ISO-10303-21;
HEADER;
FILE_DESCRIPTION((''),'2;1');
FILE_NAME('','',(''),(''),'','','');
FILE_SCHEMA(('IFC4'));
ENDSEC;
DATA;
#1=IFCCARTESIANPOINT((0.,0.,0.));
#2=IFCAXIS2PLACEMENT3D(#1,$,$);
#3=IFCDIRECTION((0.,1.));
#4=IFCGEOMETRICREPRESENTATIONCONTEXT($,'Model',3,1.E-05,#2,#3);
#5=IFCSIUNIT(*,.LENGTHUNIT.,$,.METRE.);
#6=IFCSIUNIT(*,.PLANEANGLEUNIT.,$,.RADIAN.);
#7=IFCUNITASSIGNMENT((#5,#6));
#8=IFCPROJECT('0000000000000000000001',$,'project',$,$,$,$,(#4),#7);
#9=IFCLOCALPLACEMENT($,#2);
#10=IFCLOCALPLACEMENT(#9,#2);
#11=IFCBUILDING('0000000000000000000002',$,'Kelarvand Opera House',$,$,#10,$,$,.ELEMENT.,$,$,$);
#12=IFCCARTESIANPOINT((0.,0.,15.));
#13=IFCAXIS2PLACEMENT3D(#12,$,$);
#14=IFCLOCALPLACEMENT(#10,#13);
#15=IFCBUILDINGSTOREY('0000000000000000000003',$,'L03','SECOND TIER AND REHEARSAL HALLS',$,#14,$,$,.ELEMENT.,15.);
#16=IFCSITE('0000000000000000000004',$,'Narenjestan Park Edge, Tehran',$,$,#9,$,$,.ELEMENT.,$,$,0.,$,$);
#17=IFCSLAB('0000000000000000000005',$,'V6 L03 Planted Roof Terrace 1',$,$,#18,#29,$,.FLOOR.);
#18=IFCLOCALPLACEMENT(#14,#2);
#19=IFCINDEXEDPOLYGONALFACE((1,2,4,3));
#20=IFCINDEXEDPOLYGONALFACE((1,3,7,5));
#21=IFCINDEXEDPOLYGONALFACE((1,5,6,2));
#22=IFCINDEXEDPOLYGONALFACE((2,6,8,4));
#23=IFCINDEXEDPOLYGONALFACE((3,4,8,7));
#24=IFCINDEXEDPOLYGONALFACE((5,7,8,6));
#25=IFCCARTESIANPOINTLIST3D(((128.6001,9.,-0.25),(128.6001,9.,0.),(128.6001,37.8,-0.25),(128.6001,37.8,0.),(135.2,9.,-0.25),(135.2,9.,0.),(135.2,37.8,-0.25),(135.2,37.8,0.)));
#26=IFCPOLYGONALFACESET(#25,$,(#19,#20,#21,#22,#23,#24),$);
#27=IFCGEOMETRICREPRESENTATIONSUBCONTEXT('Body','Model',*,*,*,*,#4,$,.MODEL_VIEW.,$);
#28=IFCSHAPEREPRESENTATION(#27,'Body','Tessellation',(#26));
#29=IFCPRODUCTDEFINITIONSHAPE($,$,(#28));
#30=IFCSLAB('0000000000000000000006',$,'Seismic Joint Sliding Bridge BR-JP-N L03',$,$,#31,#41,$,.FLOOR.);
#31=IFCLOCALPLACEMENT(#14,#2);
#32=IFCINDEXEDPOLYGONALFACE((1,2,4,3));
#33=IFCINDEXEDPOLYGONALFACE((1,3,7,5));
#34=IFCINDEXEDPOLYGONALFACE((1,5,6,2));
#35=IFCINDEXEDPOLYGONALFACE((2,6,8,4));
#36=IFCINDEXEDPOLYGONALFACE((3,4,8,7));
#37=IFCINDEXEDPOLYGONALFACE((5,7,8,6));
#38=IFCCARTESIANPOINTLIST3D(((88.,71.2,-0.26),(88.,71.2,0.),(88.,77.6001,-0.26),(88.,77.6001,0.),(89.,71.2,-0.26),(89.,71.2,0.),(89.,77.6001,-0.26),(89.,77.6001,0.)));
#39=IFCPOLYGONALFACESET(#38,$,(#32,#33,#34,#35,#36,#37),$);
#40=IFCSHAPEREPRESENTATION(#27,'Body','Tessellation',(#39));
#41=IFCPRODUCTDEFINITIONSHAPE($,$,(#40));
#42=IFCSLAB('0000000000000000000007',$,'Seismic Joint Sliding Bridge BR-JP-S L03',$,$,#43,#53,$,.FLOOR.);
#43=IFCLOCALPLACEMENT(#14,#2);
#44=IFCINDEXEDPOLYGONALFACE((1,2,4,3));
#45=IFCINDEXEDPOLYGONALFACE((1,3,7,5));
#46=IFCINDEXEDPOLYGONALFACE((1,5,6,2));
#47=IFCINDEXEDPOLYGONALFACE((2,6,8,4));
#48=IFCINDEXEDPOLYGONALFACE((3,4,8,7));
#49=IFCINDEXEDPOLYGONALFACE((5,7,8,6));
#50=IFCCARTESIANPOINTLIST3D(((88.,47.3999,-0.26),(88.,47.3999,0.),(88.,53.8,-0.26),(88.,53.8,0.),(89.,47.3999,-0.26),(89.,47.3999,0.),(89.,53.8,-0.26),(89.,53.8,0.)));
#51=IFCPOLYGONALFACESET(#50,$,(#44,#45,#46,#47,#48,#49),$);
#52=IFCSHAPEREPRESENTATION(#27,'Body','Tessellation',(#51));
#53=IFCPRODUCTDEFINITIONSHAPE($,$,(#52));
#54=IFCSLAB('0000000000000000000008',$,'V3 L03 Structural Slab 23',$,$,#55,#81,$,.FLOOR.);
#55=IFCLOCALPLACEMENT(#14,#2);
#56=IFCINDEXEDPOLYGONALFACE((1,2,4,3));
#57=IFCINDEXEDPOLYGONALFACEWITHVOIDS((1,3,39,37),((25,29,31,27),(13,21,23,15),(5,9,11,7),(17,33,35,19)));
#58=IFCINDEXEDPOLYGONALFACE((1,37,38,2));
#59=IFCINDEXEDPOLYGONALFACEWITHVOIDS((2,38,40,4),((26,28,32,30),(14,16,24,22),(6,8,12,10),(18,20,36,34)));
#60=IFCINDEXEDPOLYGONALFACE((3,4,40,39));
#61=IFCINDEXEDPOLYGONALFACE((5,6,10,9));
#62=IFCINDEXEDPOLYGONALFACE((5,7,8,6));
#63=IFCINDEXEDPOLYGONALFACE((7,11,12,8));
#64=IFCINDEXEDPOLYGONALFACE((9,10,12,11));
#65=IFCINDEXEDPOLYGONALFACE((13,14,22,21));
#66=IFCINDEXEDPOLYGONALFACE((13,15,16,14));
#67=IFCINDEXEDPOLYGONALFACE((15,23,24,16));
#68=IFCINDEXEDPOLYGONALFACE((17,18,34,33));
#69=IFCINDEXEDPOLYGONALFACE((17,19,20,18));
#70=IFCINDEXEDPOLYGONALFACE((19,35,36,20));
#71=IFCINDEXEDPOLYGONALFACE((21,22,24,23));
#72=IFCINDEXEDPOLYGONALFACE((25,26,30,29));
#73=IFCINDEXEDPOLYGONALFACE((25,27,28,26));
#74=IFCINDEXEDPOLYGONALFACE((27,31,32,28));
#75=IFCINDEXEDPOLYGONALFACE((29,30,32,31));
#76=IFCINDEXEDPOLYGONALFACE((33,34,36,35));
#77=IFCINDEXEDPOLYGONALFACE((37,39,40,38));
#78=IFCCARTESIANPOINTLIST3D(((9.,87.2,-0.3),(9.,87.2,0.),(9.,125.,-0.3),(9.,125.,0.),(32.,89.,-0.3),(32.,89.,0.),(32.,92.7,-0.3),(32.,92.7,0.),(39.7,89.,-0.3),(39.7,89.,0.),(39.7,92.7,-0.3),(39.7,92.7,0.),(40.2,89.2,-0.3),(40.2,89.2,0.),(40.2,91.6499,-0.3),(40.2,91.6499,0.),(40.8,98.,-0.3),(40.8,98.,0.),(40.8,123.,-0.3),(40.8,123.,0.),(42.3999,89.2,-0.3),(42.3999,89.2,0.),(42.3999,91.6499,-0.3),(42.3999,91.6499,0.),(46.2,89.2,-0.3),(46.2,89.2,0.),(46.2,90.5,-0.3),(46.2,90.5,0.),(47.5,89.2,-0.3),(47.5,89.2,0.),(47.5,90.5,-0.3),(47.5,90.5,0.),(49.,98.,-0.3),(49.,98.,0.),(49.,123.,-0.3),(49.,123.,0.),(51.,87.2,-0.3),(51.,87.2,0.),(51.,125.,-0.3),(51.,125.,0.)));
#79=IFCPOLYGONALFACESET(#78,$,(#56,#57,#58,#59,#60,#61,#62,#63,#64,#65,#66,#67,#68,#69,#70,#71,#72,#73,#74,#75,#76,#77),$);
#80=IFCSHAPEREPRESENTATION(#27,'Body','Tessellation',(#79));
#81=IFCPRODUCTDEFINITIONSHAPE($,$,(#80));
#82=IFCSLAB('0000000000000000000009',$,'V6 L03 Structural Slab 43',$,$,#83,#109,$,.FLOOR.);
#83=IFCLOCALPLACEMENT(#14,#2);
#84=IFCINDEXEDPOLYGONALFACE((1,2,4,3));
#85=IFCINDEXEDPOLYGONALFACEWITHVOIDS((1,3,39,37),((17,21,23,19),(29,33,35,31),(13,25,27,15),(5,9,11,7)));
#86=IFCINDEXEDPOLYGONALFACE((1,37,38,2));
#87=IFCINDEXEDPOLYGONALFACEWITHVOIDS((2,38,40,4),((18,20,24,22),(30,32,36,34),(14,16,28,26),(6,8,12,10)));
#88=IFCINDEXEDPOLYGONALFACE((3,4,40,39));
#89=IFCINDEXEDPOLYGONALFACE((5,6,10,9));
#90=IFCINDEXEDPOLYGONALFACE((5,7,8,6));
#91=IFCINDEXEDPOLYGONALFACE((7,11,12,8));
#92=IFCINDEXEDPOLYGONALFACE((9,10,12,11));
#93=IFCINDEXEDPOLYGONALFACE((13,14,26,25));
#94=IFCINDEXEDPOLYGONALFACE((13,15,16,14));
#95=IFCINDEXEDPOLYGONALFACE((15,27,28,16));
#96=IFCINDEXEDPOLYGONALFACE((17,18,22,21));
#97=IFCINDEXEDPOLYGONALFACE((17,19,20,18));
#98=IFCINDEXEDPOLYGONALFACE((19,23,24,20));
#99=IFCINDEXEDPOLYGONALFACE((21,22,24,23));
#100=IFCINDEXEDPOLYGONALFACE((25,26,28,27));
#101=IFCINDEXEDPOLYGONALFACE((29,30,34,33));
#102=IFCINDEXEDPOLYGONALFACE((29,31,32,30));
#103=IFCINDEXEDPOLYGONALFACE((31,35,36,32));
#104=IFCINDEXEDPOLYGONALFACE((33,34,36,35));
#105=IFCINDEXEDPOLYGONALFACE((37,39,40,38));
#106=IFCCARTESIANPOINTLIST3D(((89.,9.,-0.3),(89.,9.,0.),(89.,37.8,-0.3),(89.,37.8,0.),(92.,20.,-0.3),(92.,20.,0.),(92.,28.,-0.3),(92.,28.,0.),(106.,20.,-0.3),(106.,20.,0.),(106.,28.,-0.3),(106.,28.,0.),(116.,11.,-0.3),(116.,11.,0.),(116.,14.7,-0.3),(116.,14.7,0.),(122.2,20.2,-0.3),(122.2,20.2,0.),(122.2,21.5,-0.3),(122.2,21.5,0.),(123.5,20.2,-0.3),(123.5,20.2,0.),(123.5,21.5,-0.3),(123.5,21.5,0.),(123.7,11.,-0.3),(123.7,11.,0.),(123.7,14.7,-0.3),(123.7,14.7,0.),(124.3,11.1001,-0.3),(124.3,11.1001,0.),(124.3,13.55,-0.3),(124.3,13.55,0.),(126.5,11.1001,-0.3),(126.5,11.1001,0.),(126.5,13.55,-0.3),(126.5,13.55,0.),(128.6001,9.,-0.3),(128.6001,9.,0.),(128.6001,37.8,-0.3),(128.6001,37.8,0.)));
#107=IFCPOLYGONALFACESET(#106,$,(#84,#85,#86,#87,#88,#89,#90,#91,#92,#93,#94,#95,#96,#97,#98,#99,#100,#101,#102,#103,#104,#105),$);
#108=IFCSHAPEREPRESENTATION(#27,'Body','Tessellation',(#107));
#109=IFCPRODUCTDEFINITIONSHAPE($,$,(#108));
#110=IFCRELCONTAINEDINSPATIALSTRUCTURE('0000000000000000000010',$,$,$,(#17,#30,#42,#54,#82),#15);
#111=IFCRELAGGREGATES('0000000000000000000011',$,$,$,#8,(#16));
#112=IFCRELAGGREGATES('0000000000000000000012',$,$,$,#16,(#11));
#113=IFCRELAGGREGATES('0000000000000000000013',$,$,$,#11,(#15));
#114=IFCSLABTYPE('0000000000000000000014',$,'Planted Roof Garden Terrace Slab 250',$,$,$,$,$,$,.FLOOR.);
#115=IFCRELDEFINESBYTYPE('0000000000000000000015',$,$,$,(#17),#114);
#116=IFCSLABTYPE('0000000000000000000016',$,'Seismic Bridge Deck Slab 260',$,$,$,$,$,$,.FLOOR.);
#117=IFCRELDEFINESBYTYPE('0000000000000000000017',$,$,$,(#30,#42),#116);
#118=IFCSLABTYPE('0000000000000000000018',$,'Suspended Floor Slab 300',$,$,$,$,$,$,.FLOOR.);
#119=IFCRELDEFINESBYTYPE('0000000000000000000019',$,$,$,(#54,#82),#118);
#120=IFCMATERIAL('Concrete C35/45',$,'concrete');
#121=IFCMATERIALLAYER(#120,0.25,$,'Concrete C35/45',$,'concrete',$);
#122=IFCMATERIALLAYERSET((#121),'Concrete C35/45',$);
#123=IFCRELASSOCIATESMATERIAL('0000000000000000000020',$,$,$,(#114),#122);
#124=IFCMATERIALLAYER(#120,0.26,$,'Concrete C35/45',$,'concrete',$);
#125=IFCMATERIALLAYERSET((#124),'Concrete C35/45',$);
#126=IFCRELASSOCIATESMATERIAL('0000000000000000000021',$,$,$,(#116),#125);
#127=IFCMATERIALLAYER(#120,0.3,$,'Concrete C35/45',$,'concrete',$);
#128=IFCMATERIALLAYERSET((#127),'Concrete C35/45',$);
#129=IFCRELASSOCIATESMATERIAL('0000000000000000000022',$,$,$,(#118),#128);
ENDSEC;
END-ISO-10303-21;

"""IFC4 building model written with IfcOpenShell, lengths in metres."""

from ifc_helpers import new_model, si_unit, direction, frame, origin, place, context, subcontext, project, spatial, polyline, outline, extrude, material, layer, layer_set, type_object, element, save


model = new_model("IFC4")

# Units and contexts
model_context = context("Model", 3, precision=1e-05, world=origin(), true_north=direction((0.0, 1.0)))
body_context = subcontext(model_context, "Body", "Model", "MODEL_VIEW")
ifc_project = project(units=[si_unit("LENGTHUNIT", "METRE"), si_unit("PLANEANGLEUNIT", "RADIAN")], contexts=[model_context])

# Site, building, storey
site_placement = place(None, origin())
site = spatial("IfcSite", under=ifc_project, at=site_placement, Name="Narenjestan Park Edge, Tehran", CompositionType="ELEMENT", RefElevation=0.0)
building_placement = place(site_placement, origin())
building = spatial("IfcBuilding", under=site, at=building_placement, Name="Kelarvand Opera House", CompositionType="ELEMENT")
storey_placement = place(building_placement, frame((0.0, 0.0, 15.0)))
storey = spatial("IfcBuildingStorey", under=building, at=storey_placement, Name="L03", Description="SECOND TIER AND REHEARSAL HALLS", CompositionType="ELEMENT", Elevation=15.0)

# Shared definitions
ifc_material_1 = material(Name="Concrete C35/45", Category="concrete")

# Slabs
ifc_layer_1 = layer(ifc_material_1, 0.25, Name="Concrete C35/45", Category="concrete")
ifc_layer_set_1 = layer_set([ifc_layer_1], Name="Concrete C35/45")
slab_type_1 = type_object("IfcSlabType", Name="Planted Roof Garden Terrace Slab 250", PredefinedType="FLOOR", material=ifc_layer_set_1)
slab_1_placement = place(storey_placement, frame((0.0, 0.0, -0.25)))
element("IfcSlab", 1, at=slab_1_placement, inside=storey, type_object=slab_type_1, Name="V6 L03 Planted Roof Terrace 1", PredefinedType="FLOOR", context=body_context, shape_type="SweptSolid", body=[
    extrude(outline(polyline([(128.6001, 9.0), (135.2, 9.0), (135.2, 37.8), (128.6001, 37.8), (128.6001, 9.0)])), origin(), (0.0, 0.0, 1.0), 0.25),
])
ifc_layer_2 = layer(ifc_material_1, 0.26, Name="Concrete C35/45", Category="concrete")
ifc_layer_set_2 = layer_set([ifc_layer_2], Name="Concrete C35/45")
slab_type_2 = type_object("IfcSlabType", Name="Seismic Bridge Deck Slab 260", PredefinedType="FLOOR", material=ifc_layer_set_2)
slab_2_placement = place(storey_placement, frame((0.0, 0.0, -0.26)))
element("IfcSlab", 2, at=slab_2_placement, inside=storey, type_object=slab_type_2, Name="Seismic Joint Sliding Bridge BR-JP-N L03", PredefinedType="FLOOR", context=body_context, shape_type="SweptSolid", body=[
    extrude(outline(polyline([(88.0, 71.2), (89.0, 71.2), (89.0, 77.6001), (88.0, 77.6001), (88.0, 71.2)])), origin(), (0.0, 0.0, 1.0), 0.26),
])
slab_3_placement = place(storey_placement, frame((0.0, 0.0, -0.26)))
element("IfcSlab", 3, at=slab_3_placement, inside=storey, type_object=slab_type_2, Name="Seismic Joint Sliding Bridge BR-JP-S L03", PredefinedType="FLOOR", context=body_context, shape_type="SweptSolid", body=[
    extrude(outline(polyline([(88.0, 47.3999), (89.0, 47.3999), (89.0, 53.8), (88.0, 53.8), (88.0, 47.3999)])), origin(), (0.0, 0.0, 1.0), 0.26),
])
ifc_layer_3 = layer(ifc_material_1, 0.3, Name="Concrete C35/45", Category="concrete")
ifc_layer_set_3 = layer_set([ifc_layer_3], Name="Concrete C35/45")
slab_type_3 = type_object("IfcSlabType", Name="Suspended Floor Slab 300", PredefinedType="FLOOR", material=ifc_layer_set_3)
slab_4_placement = place(storey_placement, frame((0.0, 0.0, -0.3)))
element("IfcSlab", 4, at=slab_4_placement, inside=storey, type_object=slab_type_3, Name="V3 L03 Structural Slab 23", PredefinedType="FLOOR", context=body_context, shape_type="SweptSolid", body=[
    extrude(outline(polyline([(51.0, 87.2), (51.0, 125.0), (9.0, 125.0), (9.0, 87.2), (51.0, 87.2)]), holes=[polyline([(46.2, 90.5), (47.5, 90.5), (47.5, 89.2), (46.2, 89.2), (46.2, 90.5)]), polyline([(40.2, 91.6499), (42.3999, 91.6499), (42.3999, 89.2), (40.2, 89.2), (40.2, 91.6499)]), polyline([(32.0, 92.7), (39.7, 92.7), (39.7, 89.0), (32.0, 89.0), (32.0, 92.7)]), polyline([(40.8, 123.0), (49.0, 123.0), (49.0, 98.0), (40.8, 98.0), (40.8, 123.0)])]), origin(), (0.0, 0.0, 1.0), 0.3),
])
slab_5_placement = place(storey_placement, frame((0.0, 0.0, -0.3)))
element("IfcSlab", 5, at=slab_5_placement, inside=storey, type_object=slab_type_3, Name="V6 L03 Structural Slab 43", PredefinedType="FLOOR", context=body_context, shape_type="SweptSolid", body=[
    extrude(outline(polyline([(128.6001, 9.0), (128.6001, 37.8), (89.0, 37.8), (89.0, 9.0), (128.6001, 9.0)]), holes=[polyline([(124.3, 13.55), (126.5, 13.55), (126.5, 11.1001), (124.3, 11.1001), (124.3, 13.55)]), polyline([(116.0, 14.7), (123.7, 14.7), (123.7, 11.0), (116.0, 11.0), (116.0, 14.7)]), polyline([(122.2, 21.5), (123.5, 21.5), (123.5, 20.2), (122.2, 20.2), (122.2, 21.5)]), polyline([(92.0, 28.0), (106.0, 28.0), (106.0, 20.0), (92.0, 20.0), (92.0, 28.0)])]), origin(), (0.0, 0.0, 1.0), 0.3),
])

save(model, "model.ifc")
